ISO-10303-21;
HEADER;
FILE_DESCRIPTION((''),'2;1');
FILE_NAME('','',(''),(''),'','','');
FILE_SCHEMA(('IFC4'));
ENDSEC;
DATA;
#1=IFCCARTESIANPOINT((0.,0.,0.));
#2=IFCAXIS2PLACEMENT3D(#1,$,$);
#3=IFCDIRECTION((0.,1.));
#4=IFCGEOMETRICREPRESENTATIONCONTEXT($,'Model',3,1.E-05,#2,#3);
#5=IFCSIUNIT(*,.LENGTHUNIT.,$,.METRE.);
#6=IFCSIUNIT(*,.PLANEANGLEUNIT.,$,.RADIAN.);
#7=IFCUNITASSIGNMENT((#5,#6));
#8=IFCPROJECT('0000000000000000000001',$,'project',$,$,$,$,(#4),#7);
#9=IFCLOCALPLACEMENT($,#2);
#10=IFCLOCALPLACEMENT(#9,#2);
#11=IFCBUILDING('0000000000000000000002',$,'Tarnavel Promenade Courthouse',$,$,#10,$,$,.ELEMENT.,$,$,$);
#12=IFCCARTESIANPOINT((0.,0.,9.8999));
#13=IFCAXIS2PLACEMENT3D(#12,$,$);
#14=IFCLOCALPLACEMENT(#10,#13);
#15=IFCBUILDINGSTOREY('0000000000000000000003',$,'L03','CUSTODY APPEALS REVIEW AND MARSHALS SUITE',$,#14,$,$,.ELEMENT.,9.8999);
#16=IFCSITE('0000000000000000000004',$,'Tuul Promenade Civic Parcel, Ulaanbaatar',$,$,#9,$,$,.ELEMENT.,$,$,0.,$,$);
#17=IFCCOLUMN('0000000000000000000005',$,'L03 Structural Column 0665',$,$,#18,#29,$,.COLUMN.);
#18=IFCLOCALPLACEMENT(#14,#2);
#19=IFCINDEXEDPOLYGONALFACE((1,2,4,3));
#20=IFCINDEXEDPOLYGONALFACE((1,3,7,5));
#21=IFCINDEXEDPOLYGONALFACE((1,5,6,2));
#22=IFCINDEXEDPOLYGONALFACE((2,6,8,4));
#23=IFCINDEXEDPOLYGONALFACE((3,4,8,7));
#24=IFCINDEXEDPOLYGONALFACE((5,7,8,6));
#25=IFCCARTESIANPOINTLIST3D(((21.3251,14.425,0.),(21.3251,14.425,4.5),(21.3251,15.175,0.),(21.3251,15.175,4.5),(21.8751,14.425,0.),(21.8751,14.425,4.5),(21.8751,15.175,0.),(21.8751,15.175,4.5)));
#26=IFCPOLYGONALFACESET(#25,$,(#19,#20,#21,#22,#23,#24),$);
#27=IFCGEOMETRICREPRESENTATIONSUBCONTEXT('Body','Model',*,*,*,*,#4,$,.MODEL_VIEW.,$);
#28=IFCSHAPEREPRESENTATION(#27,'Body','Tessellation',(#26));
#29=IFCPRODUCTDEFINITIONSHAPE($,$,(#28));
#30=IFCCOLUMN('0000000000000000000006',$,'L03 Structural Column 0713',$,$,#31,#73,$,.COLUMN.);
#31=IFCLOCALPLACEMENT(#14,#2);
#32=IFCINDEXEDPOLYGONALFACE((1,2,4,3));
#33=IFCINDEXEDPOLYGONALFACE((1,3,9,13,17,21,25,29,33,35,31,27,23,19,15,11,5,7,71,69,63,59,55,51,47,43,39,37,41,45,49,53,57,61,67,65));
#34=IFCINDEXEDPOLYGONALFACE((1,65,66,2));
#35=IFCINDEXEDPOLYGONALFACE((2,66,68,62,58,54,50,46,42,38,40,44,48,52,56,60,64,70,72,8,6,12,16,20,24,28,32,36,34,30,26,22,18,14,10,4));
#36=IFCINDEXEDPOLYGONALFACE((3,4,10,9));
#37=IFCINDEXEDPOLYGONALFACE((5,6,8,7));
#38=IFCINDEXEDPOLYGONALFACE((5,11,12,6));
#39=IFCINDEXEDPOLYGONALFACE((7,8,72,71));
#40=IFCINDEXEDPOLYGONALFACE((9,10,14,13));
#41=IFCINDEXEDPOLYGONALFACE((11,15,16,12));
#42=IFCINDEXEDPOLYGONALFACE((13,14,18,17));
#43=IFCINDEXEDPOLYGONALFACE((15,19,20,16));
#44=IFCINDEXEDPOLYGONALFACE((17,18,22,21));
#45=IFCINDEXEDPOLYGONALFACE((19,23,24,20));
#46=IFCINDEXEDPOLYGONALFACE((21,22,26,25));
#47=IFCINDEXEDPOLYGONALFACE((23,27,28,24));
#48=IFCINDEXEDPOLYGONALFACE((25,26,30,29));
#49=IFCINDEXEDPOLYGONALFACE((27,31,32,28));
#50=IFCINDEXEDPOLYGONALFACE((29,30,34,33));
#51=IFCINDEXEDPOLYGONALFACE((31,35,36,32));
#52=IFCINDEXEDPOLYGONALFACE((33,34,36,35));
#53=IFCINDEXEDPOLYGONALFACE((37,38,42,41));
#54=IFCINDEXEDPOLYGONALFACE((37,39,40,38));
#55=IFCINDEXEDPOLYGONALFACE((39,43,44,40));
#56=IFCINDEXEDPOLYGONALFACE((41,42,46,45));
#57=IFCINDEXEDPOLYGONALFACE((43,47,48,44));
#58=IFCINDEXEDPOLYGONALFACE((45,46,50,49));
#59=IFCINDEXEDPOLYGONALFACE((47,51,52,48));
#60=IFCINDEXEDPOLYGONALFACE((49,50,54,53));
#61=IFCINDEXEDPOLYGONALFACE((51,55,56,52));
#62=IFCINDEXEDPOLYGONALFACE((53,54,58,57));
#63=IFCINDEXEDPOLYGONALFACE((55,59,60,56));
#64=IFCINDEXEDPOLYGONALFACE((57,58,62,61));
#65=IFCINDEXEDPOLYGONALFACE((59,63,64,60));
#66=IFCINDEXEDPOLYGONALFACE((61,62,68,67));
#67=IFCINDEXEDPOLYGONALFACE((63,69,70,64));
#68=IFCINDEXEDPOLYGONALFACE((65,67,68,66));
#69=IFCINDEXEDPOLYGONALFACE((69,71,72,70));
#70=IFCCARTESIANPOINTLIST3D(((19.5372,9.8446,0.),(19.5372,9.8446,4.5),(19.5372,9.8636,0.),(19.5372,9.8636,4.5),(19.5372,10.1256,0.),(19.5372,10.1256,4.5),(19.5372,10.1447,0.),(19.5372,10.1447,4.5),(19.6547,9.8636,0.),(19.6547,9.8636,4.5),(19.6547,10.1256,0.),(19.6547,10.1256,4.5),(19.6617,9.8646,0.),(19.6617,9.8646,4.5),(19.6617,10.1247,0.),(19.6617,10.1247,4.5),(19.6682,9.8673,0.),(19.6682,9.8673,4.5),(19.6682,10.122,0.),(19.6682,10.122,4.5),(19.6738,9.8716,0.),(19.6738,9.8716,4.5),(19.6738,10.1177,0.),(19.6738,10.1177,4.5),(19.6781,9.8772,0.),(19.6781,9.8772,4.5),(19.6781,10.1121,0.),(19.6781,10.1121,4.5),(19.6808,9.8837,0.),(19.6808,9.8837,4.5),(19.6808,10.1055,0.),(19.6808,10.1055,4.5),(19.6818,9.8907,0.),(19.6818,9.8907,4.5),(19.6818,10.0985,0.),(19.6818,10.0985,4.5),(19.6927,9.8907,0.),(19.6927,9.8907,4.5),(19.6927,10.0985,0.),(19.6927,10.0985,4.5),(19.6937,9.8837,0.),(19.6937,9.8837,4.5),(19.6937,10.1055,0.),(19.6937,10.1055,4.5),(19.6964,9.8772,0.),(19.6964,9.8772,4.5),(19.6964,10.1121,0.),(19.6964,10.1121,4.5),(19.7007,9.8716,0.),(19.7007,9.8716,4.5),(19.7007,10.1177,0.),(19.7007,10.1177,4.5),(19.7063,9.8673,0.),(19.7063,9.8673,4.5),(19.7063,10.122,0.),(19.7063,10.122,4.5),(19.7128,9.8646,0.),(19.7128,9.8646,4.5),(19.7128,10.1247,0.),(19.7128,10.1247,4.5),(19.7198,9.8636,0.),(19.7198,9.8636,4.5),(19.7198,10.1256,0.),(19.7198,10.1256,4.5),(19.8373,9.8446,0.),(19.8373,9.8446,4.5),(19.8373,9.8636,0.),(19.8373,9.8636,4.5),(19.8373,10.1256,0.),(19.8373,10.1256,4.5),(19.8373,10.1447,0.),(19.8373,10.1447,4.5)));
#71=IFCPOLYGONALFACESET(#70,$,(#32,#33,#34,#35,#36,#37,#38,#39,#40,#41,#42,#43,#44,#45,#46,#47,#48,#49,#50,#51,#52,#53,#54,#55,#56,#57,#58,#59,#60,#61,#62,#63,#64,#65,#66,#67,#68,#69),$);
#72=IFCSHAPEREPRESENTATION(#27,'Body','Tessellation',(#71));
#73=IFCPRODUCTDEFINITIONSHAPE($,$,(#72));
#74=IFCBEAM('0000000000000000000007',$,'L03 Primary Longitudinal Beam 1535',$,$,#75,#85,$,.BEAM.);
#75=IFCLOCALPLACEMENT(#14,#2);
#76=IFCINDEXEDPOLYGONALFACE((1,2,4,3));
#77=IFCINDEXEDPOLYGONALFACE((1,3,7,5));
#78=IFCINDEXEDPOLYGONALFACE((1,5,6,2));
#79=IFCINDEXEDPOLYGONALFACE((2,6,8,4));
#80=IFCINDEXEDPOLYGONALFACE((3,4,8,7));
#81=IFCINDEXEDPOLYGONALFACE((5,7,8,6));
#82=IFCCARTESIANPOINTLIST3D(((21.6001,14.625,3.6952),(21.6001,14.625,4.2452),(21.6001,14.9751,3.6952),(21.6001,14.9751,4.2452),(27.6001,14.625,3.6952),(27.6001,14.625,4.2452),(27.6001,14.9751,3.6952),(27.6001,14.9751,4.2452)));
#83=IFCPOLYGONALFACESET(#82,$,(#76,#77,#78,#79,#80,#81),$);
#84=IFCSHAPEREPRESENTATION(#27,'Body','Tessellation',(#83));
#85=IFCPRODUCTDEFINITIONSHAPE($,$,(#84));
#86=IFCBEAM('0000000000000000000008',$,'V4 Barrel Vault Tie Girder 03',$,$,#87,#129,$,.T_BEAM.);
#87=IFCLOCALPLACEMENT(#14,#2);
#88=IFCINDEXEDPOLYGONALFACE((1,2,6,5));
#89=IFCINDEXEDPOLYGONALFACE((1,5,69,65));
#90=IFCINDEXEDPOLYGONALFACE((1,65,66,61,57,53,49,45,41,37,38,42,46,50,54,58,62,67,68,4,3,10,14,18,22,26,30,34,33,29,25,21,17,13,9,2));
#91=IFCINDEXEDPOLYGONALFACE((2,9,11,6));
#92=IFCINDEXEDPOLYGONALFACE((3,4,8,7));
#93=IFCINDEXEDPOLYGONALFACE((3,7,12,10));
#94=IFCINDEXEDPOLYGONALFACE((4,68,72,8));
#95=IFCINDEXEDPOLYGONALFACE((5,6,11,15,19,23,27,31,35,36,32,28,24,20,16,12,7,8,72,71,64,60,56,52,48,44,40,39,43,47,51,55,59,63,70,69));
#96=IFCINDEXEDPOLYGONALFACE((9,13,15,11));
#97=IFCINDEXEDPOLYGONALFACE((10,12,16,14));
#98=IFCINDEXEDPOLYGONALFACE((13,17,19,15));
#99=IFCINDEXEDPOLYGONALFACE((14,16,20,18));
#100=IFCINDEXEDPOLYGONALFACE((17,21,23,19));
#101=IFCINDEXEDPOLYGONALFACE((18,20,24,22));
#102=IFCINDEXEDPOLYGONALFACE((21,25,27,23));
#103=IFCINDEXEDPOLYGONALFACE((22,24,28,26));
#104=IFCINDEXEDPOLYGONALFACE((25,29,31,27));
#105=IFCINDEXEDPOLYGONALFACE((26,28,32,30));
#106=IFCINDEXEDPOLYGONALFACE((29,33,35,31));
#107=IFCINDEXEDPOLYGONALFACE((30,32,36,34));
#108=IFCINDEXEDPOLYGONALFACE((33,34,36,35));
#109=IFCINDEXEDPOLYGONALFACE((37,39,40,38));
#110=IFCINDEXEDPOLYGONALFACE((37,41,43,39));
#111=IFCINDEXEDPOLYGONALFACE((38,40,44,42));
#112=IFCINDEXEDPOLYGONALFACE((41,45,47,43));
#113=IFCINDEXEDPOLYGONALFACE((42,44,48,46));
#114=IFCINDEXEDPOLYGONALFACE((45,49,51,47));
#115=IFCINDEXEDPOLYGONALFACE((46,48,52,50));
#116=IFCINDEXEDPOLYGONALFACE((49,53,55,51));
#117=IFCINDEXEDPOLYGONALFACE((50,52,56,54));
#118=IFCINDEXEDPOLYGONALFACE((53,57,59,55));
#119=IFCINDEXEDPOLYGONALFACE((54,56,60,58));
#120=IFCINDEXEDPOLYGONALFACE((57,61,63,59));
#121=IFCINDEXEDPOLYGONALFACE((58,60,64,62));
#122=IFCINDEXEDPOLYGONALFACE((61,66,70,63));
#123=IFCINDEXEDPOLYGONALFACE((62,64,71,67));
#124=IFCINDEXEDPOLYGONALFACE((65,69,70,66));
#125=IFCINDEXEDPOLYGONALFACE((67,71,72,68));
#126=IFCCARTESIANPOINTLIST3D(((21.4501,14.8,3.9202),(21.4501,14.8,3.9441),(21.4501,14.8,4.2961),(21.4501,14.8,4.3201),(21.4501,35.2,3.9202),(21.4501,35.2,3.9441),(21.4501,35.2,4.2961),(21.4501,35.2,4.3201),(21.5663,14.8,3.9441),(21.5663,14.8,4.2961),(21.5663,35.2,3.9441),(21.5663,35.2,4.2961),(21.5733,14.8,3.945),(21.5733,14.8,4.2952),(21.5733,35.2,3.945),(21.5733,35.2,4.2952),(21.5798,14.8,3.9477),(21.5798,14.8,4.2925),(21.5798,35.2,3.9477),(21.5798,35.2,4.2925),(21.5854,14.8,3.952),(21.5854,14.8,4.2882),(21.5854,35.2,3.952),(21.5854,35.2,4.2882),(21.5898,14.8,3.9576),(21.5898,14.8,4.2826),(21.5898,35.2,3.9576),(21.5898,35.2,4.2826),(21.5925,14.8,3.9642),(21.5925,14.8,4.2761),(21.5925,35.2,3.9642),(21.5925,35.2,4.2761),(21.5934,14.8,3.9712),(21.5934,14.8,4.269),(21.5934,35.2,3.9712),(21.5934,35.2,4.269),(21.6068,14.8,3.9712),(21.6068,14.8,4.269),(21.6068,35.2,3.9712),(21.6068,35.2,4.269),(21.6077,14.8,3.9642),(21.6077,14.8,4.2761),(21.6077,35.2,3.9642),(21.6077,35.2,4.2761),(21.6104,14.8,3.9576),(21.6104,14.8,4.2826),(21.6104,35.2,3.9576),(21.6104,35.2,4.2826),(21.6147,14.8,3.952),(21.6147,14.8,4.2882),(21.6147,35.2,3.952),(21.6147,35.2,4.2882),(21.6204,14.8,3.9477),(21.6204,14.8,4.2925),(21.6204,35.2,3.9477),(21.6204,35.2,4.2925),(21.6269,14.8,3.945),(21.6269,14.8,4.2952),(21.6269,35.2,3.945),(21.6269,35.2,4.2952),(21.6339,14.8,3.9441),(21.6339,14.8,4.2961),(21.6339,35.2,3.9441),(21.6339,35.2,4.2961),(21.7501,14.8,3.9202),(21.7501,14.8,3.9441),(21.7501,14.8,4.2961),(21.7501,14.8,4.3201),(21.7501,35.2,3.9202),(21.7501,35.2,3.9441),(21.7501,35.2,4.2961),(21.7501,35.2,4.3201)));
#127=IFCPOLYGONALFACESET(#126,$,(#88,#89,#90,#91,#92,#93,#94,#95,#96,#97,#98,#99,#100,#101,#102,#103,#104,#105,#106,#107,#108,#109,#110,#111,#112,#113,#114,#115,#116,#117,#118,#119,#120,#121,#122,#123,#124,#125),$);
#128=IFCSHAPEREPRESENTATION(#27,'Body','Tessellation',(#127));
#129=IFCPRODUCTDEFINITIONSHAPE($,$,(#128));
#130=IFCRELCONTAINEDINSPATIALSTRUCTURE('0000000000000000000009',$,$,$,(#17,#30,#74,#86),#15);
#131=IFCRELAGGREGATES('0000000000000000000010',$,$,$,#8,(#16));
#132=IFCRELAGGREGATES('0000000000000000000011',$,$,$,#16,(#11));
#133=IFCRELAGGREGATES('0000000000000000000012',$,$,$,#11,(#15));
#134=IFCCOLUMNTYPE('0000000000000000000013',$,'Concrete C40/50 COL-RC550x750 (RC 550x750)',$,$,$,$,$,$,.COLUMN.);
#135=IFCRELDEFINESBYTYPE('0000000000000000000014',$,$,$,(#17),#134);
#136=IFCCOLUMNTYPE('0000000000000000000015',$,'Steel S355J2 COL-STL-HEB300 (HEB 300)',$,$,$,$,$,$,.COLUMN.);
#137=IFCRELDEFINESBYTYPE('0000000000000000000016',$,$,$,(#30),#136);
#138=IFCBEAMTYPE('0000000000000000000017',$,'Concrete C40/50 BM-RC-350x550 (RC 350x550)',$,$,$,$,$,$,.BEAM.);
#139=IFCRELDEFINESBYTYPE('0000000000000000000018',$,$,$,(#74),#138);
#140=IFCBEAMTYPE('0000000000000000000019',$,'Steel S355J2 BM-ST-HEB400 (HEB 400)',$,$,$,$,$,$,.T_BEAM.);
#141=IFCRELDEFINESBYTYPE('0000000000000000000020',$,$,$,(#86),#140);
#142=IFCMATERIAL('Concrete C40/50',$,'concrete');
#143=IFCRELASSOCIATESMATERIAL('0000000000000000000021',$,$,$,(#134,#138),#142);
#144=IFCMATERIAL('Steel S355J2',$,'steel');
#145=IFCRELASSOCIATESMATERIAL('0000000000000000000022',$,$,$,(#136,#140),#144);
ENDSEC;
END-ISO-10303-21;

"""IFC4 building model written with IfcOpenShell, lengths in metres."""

from ifc_helpers import new_model, si_unit, direction, frame, origin, origin_2d, place, context, subcontext, project, spatial, rectangle, i_section, extrude, material, material_profile, profile_set, type_object, element, save


model = new_model("IFC4")

# Units and contexts
model_context = context("Model", 3, precision=1e-05, world=origin(), true_north=direction((0.0, 1.0)))
body_context = subcontext(model_context, "Body", "Model", "MODEL_VIEW")
ifc_project = project(units=[si_unit("LENGTHUNIT", "METRE"), si_unit("PLANEANGLEUNIT", "RADIAN")], contexts=[model_context])

# Site, building, storey
site_placement = place(None, origin())
site = spatial("IfcSite", under=ifc_project, at=site_placement, Name="Tuul Promenade Civic Parcel, Ulaanbaatar", CompositionType="ELEMENT", RefElevation=0.0)
building_placement = place(site_placement, origin())
building = spatial("IfcBuilding", under=site, at=building_placement, Name="Tarnavel Promenade Courthouse", CompositionType="ELEMENT")
storey_placement = place(building_placement, frame((0.0, 0.0, 9.8999)))
storey = spatial("IfcBuildingStorey", under=building, at=storey_placement, Name="L03", Description="CUSTODY APPEALS REVIEW AND MARSHALS SUITE", CompositionType="ELEMENT", Elevation=9.8999)

# Columns
ifc_material_1 = material(Name="Concrete C40/50", Category="concrete")
ifc_material_profile_1 = material_profile(ifc_material_1, rectangle(XDim=0.55, YDim=0.75, at=origin_2d()), Name="RC 550x750")
ifc_profile_set_1 = profile_set([ifc_material_profile_1], Name="Concrete C40/50")
column_type_1 = type_object("IfcColumnType", Name="Concrete C40/50 COL-RC550x750 (RC 550x750)", PredefinedType="COLUMN", material=ifc_profile_set_1)
column_1_placement = place(storey_placement, frame((21.6001, 14.8, 0.0), z_axis=(0.0, 0.0, 1.0), x_axis=(1.0, 0.0, 0.0)))
element("IfcColumn", 1, at=column_1_placement, inside=storey, type_object=column_type_1, Name="L03 Structural Column 0665", PredefinedType="COLUMN", context=body_context, shape_type="SweptSolid", body=[
    extrude(rectangle(XDim=0.55, YDim=0.75, at=origin_2d()), origin(), (0.0, 0.0, 1.0), 4.5),
])
ifc_material_2 = material(Name="Steel S355J2", Category="steel")
ifc_material_profile_2 = material_profile(ifc_material_2, i_section(OverallWidth=0.3, OverallDepth=0.3, WebThickness=0.011, FlangeThickness=0.019, FilletRadius=0.0271, at=origin_2d()), Name="HEB 300")
ifc_profile_set_2 = profile_set([ifc_material_profile_2], Name="Steel S355J2")
column_type_2 = type_object("IfcColumnType", Name="Steel S355J2 COL-STL-HEB300 (HEB 300)", PredefinedType="COLUMN", material=ifc_profile_set_2)
column_2_placement = place(storey_placement, frame((19.6873, 9.9946, 0.0), z_axis=(0.0, 0.0, 1.0), x_axis=(1.0, 0.0, 0.0)))
element("IfcColumn", 2, at=column_2_placement, inside=storey, type_object=column_type_2, Name="L03 Structural Column 0713", PredefinedType="COLUMN", context=body_context, shape_type="SweptSolid", body=[
    extrude(i_section(OverallWidth=0.3, OverallDepth=0.3, WebThickness=0.011, FlangeThickness=0.019, FilletRadius=0.0271, at=origin_2d()), origin(), (0.0, 0.0, 1.0), 4.5),
])

# Beams
ifc_material_profile_3 = material_profile(ifc_material_1, rectangle(XDim=0.3501, YDim=0.55, at=origin_2d()), Name="RC 350x550")
ifc_profile_set_3 = profile_set([ifc_material_profile_3], Name="Concrete C40/50")
beam_type_1 = type_object("IfcBeamType", Name="Concrete C40/50 BM-RC-350x550 (RC 350x550)", PredefinedType="BEAM", material=ifc_profile_set_3)
beam_1_placement = place(storey_placement, frame((21.6001, 14.8, 3.9702), z_axis=(1.0, 0.0, 0.0), x_axis=(0.0, 1.0, 0.0)))
element("IfcBeam", 3, at=beam_1_placement, inside=storey, type_object=beam_type_1, Name="L03 Primary Longitudinal Beam 1535", PredefinedType="BEAM", context=body_context, shape_type="SweptSolid", body=[
    extrude(rectangle(XDim=0.3501, YDim=0.55, at=origin_2d()), origin(), (0.0, 0.0, 1.0), 6.0),
])
ifc_material_profile_4 = material_profile(ifc_material_2, i_section(OverallWidth=0.3, OverallDepth=0.3999, WebThickness=0.0134, FlangeThickness=0.0239, FilletRadius=0.0271, at=origin_2d()), Name="HEB 400")
ifc_profile_set_4 = profile_set([ifc_material_profile_4], Name="Steel S355J2")
beam_type_2 = type_object("IfcBeamType", Name="Steel S355J2 BM-ST-HEB400 (HEB 400)", PredefinedType="T_BEAM", material=ifc_profile_set_4)
beam_2_placement = place(storey_placement, frame((21.6001, 14.8, 4.1201), z_axis=(0.0, 1.0, 0.0), x_axis=(-1.0, 0.0, 0.0)))
element("IfcBeam", 4, at=beam_2_placement, inside=storey, type_object=beam_type_2, Name="V4 Barrel Vault Tie Girder 03", PredefinedType="T_BEAM", context=body_context, shape_type="SweptSolid", body=[
    extrude(i_section(OverallWidth=0.3, OverallDepth=0.3999, WebThickness=0.0134, FlangeThickness=0.0239, FilletRadius=0.0271, at=origin_2d()), origin(), (0.0, 0.0, 1.0), 20.3999),
])

save(model, "model.ifc")
